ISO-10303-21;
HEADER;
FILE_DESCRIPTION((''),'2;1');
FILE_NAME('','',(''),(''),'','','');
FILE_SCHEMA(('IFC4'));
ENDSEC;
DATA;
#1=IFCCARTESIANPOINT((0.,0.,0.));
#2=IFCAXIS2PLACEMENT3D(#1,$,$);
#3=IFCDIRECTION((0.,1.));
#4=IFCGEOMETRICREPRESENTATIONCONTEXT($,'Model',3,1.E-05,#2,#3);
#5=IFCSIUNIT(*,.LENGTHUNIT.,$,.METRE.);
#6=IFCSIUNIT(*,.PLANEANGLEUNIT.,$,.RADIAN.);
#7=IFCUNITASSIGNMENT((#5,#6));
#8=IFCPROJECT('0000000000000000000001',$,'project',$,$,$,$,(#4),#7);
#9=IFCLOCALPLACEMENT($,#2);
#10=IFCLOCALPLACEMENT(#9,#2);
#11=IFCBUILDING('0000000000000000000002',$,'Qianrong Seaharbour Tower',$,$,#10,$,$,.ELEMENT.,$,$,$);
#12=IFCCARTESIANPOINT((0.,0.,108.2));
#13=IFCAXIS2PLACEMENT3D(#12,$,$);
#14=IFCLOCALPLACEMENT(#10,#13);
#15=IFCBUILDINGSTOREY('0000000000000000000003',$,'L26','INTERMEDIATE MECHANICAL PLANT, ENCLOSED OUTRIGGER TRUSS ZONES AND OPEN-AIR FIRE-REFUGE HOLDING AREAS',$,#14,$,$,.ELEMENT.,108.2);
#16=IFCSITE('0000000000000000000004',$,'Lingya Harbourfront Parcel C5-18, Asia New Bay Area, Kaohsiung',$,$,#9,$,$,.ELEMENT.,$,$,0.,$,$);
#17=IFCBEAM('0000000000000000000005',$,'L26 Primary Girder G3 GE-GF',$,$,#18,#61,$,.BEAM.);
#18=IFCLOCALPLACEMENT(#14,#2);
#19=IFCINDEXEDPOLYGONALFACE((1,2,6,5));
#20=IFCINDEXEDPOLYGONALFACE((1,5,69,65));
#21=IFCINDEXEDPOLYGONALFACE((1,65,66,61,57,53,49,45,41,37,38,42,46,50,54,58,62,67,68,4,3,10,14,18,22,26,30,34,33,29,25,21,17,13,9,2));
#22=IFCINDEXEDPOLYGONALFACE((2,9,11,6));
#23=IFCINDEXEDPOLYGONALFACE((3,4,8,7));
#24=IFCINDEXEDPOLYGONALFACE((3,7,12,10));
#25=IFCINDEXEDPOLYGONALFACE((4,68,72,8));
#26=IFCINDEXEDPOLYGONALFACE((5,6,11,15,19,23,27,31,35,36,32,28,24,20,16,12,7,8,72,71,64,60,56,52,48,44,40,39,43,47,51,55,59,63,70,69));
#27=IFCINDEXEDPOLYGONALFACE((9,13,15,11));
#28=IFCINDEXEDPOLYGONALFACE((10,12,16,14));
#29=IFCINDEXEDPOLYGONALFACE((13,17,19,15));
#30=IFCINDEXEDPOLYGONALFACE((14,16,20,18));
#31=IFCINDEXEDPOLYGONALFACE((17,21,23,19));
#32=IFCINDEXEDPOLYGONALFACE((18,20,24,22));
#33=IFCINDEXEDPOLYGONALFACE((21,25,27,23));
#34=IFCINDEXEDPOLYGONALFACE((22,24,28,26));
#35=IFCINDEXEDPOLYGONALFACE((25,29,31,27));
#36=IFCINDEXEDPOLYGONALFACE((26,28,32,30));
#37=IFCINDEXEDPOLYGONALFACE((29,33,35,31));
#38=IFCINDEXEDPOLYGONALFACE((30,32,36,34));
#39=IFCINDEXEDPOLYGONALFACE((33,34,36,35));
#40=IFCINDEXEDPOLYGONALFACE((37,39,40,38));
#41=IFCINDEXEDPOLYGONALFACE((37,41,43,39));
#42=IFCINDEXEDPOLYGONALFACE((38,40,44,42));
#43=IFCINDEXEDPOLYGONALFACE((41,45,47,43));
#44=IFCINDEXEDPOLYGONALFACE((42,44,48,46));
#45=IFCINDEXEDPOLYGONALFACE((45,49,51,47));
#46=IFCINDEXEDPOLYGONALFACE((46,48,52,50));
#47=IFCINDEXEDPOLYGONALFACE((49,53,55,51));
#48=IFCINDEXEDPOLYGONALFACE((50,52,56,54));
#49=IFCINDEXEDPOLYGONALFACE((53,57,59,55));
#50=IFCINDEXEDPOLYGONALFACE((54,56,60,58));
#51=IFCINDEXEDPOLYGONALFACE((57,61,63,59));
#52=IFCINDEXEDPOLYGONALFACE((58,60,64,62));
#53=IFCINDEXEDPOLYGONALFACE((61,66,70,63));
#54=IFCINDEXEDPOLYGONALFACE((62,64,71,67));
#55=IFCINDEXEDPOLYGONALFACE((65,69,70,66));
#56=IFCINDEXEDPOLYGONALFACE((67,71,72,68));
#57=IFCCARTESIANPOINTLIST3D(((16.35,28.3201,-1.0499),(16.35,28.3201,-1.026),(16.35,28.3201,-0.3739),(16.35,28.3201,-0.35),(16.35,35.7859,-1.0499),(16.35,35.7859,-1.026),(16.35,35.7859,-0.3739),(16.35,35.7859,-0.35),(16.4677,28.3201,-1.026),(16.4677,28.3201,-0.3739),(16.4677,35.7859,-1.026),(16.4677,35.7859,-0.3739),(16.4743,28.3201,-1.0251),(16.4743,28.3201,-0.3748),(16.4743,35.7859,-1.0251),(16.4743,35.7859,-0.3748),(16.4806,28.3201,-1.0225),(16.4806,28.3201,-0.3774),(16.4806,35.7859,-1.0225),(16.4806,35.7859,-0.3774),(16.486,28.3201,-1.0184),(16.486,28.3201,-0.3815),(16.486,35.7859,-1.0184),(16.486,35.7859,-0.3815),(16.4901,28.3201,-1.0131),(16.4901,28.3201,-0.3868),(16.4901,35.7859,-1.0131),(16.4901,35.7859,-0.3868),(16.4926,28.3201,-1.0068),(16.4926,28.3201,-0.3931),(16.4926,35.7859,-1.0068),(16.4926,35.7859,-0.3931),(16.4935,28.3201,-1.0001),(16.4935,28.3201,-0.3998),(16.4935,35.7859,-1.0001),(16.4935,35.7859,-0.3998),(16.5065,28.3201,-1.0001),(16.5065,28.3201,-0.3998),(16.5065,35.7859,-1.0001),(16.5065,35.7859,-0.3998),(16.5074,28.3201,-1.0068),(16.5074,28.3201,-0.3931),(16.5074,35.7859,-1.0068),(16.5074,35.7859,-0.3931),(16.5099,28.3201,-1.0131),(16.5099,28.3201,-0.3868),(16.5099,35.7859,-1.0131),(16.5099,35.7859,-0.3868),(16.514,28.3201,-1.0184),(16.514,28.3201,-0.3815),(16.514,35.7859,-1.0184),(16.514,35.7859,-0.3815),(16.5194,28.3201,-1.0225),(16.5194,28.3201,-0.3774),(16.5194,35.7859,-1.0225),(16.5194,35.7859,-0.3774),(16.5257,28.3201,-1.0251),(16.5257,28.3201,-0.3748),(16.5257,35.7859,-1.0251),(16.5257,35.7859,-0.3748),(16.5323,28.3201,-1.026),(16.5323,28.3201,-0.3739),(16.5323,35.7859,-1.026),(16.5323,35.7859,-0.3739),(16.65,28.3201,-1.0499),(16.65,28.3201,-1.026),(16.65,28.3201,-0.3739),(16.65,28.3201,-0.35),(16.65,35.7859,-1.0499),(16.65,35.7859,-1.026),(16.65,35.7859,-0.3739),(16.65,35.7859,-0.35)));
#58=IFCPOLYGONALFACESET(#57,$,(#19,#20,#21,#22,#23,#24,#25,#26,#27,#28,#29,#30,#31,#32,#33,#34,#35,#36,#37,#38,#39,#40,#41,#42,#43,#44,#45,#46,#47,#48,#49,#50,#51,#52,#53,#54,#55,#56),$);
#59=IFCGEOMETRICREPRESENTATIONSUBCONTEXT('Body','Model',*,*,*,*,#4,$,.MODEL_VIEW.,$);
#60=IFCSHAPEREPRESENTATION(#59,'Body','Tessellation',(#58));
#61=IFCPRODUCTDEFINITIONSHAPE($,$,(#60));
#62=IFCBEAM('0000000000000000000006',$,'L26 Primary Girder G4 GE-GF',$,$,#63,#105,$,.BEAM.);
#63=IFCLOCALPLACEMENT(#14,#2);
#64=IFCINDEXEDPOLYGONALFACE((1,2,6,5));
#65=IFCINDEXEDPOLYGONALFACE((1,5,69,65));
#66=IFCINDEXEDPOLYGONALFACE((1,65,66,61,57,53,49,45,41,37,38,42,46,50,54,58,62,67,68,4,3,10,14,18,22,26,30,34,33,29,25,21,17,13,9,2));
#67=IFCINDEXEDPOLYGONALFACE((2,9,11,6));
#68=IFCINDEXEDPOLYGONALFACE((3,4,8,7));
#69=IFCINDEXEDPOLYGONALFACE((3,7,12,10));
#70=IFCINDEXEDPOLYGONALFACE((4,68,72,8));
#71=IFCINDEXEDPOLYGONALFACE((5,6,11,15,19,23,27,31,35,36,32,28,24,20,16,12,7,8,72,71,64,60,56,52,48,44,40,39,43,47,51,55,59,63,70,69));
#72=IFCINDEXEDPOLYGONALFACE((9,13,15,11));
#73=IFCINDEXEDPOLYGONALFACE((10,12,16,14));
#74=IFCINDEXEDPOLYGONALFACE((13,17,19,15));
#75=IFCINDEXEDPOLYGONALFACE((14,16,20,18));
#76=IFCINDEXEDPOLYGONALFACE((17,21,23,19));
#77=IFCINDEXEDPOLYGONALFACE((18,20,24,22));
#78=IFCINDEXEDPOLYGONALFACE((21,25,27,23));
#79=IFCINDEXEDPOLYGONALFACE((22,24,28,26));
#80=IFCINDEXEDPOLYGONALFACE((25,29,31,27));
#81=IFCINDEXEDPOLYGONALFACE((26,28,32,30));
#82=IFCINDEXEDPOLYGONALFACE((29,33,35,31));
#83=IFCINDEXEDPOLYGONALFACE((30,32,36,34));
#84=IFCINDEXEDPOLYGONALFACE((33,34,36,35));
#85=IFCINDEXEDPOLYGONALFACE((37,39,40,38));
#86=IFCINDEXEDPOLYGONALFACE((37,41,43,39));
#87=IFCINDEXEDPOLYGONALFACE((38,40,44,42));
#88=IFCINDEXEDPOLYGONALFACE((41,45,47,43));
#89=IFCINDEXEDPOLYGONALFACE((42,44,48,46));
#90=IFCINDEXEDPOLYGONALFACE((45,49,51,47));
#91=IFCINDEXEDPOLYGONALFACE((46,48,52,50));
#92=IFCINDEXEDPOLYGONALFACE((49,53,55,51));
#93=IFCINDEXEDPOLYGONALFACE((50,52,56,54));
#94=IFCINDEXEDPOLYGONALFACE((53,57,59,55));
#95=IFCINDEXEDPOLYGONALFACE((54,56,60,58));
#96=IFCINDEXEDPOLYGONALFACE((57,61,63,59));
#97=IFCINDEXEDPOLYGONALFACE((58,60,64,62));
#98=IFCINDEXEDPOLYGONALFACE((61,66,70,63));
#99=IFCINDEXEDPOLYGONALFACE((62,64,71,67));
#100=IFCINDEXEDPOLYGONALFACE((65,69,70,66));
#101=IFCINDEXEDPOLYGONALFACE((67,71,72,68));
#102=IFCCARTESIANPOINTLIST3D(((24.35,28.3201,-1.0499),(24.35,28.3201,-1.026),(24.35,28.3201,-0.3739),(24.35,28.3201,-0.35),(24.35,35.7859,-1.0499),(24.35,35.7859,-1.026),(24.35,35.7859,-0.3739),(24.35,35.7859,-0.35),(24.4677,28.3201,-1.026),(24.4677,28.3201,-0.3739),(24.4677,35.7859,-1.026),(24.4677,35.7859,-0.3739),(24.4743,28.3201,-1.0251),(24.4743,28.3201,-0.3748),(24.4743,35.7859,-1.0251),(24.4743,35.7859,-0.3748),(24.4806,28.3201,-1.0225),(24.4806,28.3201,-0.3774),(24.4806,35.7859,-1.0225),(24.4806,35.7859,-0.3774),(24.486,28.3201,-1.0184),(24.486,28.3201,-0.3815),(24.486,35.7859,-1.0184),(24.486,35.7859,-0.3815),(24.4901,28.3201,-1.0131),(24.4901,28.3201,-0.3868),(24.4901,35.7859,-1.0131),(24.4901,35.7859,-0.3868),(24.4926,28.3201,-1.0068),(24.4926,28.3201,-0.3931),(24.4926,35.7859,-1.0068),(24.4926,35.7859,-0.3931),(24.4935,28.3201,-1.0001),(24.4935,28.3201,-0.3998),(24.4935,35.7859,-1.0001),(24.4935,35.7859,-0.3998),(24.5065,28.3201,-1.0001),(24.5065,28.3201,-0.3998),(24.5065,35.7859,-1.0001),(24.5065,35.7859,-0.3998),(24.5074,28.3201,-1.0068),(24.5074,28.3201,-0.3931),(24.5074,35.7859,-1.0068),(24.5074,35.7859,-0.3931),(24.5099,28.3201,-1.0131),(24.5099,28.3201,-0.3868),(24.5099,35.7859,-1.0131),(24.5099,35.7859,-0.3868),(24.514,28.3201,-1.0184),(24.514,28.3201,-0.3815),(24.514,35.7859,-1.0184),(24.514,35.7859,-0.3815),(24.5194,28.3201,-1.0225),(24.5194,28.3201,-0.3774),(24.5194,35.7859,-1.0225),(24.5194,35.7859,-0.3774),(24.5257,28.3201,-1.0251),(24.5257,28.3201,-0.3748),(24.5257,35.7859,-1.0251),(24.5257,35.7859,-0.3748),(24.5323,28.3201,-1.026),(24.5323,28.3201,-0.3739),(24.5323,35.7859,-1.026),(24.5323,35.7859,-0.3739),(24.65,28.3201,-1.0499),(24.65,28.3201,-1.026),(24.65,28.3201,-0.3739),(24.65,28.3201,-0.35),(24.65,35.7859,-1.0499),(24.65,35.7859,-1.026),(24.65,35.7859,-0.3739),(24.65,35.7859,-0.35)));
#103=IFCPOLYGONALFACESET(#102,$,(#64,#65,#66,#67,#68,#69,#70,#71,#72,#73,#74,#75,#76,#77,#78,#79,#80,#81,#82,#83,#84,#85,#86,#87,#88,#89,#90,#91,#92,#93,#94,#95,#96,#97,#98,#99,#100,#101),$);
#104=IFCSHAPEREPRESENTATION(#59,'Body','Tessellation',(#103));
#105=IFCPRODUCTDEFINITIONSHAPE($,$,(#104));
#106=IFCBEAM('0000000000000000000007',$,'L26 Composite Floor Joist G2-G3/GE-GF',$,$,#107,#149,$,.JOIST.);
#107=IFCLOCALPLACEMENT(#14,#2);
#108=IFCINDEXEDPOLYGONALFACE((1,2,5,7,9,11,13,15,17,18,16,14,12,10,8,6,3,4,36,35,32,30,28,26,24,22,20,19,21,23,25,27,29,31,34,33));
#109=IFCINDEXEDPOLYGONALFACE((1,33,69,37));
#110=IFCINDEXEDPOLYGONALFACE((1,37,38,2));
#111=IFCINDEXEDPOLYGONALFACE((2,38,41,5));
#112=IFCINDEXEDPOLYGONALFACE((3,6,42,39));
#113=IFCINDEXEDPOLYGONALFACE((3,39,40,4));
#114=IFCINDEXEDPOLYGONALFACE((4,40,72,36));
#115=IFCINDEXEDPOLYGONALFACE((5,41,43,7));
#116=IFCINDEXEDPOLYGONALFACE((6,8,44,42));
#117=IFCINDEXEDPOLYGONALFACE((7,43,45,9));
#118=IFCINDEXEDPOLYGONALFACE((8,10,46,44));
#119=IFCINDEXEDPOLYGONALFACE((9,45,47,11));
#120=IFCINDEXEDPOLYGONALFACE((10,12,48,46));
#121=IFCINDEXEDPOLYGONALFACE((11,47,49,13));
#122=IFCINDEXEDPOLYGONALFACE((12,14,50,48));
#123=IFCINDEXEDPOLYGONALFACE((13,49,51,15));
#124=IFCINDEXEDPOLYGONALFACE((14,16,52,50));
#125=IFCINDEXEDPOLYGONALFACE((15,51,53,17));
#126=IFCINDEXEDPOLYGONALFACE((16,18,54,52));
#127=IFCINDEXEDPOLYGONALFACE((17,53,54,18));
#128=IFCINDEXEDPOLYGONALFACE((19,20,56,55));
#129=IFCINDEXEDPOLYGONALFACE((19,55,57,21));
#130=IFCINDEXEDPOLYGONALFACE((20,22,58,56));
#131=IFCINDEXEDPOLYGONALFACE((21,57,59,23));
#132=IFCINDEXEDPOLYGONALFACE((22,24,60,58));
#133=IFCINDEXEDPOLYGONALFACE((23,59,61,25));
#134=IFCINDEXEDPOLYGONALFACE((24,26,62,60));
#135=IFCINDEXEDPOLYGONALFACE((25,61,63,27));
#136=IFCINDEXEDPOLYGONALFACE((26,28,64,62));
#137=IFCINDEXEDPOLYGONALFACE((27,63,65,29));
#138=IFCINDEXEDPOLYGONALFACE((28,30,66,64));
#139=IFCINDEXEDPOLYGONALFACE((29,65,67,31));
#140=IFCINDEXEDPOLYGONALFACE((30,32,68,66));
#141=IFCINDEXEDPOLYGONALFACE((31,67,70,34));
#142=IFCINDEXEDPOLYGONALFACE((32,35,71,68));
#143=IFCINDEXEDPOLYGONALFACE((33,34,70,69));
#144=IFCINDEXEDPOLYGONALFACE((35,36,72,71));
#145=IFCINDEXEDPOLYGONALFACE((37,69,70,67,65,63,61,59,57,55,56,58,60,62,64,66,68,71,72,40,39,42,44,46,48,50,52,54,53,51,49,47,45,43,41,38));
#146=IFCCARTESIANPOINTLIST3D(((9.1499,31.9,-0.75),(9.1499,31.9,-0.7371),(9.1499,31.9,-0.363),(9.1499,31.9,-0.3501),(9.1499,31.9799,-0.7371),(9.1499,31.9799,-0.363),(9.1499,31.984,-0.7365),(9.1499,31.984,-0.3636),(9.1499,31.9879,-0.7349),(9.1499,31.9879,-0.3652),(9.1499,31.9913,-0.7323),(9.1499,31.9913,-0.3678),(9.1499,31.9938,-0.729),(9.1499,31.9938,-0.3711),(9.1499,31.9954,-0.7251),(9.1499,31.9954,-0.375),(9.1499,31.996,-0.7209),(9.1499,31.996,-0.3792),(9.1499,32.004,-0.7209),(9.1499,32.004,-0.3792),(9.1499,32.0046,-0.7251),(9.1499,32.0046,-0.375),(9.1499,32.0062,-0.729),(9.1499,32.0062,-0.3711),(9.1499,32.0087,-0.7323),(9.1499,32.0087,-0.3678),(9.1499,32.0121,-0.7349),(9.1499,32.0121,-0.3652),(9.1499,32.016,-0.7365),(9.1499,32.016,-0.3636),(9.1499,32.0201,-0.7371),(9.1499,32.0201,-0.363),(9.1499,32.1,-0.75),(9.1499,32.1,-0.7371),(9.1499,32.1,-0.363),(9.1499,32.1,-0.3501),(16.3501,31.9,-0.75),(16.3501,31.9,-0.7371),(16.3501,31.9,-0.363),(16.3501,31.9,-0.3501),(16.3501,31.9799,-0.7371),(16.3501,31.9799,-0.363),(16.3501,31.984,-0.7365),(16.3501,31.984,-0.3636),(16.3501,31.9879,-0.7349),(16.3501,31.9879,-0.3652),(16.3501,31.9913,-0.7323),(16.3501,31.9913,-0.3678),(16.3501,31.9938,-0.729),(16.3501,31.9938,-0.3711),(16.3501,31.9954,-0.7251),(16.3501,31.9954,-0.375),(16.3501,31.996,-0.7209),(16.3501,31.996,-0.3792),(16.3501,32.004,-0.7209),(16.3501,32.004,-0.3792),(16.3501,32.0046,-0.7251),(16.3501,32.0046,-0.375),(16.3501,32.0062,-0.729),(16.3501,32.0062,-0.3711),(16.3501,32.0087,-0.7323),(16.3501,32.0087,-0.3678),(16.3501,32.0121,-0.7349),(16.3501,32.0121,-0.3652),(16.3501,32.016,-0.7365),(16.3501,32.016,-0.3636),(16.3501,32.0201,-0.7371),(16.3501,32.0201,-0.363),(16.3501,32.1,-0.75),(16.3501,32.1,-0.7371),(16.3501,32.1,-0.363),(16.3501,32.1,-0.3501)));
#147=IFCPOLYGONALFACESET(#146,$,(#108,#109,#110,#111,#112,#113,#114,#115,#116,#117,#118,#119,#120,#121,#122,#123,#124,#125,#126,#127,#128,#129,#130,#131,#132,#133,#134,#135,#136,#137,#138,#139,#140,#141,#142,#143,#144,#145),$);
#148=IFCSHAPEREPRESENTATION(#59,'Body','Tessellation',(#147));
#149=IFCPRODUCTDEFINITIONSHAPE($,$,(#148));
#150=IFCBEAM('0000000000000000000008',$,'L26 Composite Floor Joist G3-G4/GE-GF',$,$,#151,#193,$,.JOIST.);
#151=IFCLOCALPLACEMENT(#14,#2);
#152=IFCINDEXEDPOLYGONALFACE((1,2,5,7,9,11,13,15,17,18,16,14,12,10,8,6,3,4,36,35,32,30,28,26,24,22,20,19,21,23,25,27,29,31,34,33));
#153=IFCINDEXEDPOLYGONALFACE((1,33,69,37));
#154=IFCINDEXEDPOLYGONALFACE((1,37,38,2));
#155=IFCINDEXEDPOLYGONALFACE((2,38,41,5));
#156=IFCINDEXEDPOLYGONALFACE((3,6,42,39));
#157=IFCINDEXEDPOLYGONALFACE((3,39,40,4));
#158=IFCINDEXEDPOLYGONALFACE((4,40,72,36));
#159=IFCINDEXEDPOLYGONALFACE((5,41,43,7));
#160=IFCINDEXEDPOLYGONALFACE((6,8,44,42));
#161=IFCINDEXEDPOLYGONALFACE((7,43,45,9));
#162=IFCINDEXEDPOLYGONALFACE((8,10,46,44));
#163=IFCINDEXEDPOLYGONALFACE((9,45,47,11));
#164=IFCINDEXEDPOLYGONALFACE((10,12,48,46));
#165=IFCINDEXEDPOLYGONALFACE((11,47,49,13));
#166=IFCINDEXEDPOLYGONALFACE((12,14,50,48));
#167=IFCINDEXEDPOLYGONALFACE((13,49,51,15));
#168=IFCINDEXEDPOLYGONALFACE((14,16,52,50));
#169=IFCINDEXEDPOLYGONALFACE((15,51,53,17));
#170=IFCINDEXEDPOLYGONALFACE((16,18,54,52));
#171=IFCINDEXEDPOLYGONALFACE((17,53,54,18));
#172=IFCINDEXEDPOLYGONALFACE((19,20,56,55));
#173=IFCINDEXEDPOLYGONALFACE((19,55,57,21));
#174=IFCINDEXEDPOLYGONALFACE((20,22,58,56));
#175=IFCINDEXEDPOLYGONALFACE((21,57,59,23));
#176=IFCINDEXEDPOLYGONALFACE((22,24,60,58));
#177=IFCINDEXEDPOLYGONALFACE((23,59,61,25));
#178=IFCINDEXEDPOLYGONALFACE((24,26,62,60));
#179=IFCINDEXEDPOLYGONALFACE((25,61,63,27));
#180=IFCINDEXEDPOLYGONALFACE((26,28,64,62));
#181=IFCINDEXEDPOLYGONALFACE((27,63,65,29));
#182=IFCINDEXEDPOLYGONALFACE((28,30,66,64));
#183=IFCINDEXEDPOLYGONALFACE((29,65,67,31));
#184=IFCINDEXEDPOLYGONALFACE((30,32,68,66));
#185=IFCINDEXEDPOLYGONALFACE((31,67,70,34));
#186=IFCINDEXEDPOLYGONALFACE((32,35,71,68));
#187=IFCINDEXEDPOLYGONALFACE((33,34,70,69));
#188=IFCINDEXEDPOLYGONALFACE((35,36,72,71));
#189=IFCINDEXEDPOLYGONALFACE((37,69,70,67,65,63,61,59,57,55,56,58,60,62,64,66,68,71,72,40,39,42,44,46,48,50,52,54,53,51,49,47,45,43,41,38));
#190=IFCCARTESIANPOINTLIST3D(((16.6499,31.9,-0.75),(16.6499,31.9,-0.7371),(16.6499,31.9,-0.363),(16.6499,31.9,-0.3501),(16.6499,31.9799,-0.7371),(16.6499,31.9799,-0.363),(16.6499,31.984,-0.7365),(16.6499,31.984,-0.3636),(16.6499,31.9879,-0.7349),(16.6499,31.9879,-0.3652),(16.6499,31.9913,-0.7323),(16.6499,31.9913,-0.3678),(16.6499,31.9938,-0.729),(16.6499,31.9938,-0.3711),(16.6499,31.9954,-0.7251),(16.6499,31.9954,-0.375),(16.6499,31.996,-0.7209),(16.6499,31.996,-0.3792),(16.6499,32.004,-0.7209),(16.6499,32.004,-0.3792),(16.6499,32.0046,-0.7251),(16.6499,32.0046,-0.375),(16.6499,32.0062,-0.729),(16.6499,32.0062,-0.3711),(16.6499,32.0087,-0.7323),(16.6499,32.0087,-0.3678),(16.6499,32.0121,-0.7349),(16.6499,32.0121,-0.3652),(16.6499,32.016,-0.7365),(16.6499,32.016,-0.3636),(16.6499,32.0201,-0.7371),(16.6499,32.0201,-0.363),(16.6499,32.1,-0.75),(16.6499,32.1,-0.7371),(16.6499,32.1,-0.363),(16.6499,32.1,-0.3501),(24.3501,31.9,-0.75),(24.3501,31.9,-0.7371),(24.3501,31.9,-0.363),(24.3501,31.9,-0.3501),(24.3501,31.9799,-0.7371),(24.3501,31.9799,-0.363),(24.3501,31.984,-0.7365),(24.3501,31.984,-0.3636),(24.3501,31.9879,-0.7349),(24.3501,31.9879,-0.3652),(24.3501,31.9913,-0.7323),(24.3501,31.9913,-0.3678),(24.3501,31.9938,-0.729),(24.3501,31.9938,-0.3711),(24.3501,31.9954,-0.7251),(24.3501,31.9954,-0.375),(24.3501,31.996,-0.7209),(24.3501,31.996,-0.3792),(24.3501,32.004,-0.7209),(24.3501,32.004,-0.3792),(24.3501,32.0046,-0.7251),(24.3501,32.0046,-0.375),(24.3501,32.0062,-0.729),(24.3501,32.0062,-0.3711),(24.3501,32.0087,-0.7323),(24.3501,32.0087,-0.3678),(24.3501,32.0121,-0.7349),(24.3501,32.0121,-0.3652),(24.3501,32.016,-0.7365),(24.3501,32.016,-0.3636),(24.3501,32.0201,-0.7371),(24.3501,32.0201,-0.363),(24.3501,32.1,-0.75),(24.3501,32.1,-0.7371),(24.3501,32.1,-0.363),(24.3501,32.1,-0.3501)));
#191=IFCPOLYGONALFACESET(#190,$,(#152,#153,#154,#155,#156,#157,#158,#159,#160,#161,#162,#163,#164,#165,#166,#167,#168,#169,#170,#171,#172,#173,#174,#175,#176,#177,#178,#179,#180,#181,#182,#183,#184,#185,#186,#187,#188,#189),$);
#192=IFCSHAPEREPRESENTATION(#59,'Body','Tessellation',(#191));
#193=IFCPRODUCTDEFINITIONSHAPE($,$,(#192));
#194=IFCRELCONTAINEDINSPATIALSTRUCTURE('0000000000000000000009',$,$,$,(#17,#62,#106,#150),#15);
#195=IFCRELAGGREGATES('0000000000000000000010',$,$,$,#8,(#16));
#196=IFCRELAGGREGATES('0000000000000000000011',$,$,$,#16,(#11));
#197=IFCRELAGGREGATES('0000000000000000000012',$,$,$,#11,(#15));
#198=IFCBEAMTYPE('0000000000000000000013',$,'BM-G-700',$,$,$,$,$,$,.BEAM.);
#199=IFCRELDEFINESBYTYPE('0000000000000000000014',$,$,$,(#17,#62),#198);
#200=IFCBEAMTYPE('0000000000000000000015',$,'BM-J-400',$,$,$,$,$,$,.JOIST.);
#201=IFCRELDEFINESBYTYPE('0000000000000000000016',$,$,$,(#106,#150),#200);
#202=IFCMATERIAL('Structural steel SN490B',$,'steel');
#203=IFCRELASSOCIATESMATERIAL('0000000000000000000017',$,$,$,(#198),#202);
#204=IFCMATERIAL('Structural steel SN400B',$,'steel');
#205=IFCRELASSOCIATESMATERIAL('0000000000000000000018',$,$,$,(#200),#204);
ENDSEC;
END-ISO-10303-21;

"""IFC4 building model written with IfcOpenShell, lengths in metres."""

from ifc_helpers import new_model, si_unit, direction, frame, origin, origin_2d, place, context, subcontext, project, spatial, i_section, extrude, material, material_profile, profile_set, type_object, element, save


model = new_model("IFC4")

# Units and contexts
model_context = context("Model", 3, precision=1e-05, world=origin(), true_north=direction((0.0, 1.0)))
body_context = subcontext(model_context, "Body", "Model", "MODEL_VIEW")
ifc_project = project(units=[si_unit("LENGTHUNIT", "METRE"), si_unit("PLANEANGLEUNIT", "RADIAN")], contexts=[model_context])

# Site, building, storey
site_placement = place(None, origin())
site = spatial("IfcSite", under=ifc_project, at=site_placement, Name="Lingya Harbourfront Parcel C5-18, Asia New Bay Area, Kaohsiung", CompositionType="ELEMENT", RefElevation=0.0)
building_placement = place(site_placement, origin())
building = spatial("IfcBuilding", under=site, at=building_placement, Name="Qianrong Seaharbour Tower", CompositionType="ELEMENT")
storey_placement = place(building_placement, frame((0.0, 0.0, 108.2)))
storey = spatial("IfcBuildingStorey", under=building, at=storey_placement, Name="L26", Description="INTERMEDIATE MECHANICAL PLANT, ENCLOSED OUTRIGGER TRUSS ZONES AND OPEN-AIR FIRE-REFUGE HOLDING AREAS", CompositionType="ELEMENT", Elevation=108.2)

# Shared definitions
ifc_material_1 = material(Name="Structural steel SN490B", Category="steel")

# Beams
ifc_material_profile_1 = material_profile(ifc_material_1, i_section(OverallWidth=0.3, OverallDepth=0.7, WebThickness=0.0129, FlangeThickness=0.0239, FilletRadius=0.0259, at=origin_2d()), Name="H700x300x13x24")
ifc_profile_set_1 = profile_set([ifc_material_profile_1], Name="Structural steel SN490B")
beam_type_1 = type_object("IfcBeamType", Name="BM-G-700", PredefinedType="BEAM", material=ifc_profile_set_1)
for number, where, z_axis, x_axis, name in (
    (1, (16.5, 28.3201, -0.7), (0.0, 1.0, 0.0), (-1.0, 0.0, 0.0), "L26 Primary Girder G3 GE-GF"),
    (2, (24.5, 28.3201, -0.7), (0.0, 1.0, 0.0), (-1.0, 0.0, 0.0), "L26 Primary Girder G4 GE-GF"),
):
    element("IfcBeam", number, at=place(storey_placement, frame(where, z_axis=z_axis, x_axis=x_axis)), inside=storey, type_object=beam_type_1, Name=name, PredefinedType="BEAM", context=body_context, shape_type="SweptSolid", body=[
        extrude(i_section(OverallWidth=0.3, OverallDepth=0.7, WebThickness=0.0129, FlangeThickness=0.0239, FilletRadius=0.0259, at=origin_2d()), origin(), (0.0, 0.0, 1.0), 7.4658),
    ])
ifc_material_2 = material(Name="Structural steel SN400B", Category="steel")
ifc_material_profile_2 = material_profile(ifc_material_2, i_section(OverallWidth=0.2, OverallDepth=0.3999, WebThickness=0.0081, FlangeThickness=0.0129, FilletRadius=0.0161, at=origin_2d()), Name="H400x200x8x13")
ifc_profile_set_2 = profile_set([ifc_material_profile_2], Name="Structural steel SN400B")
beam_type_2 = type_object("IfcBeamType", Name="BM-J-400", PredefinedType="JOIST", material=ifc_profile_set_2)
beam_1_placement = place(storey_placement, frame((9.1499, 32.0, -0.55), z_axis=(1.0, 0.0, 0.0), x_axis=(0.0, 1.0, 0.0)))
element("IfcBeam", 3, at=beam_1_placement, inside=storey, type_object=beam_type_2, Name="L26 Composite Floor Joist G2-G3/GE-GF", PredefinedType="JOIST", context=body_context, shape_type="SweptSolid", body=[
    extrude(i_section(OverallWidth=0.2, OverallDepth=0.3999, WebThickness=0.0081, FlangeThickness=0.0129, FilletRadius=0.0161, at=origin_2d()), origin(), (0.0, 0.0, 1.0), 7.2002),
])
for number, where, z_axis, x_axis, name in (
    (4, (16.6499, 32.0, -0.55), (1.0, 0.0, 0.0), (0.0, 1.0, 0.0), "L26 Composite Floor Joist G3-G4/GE-GF"),
):
    element("IfcBeam", number, at=place(storey_placement, frame(where, z_axis=z_axis, x_axis=x_axis)), inside=storey, type_object=beam_type_2, Name=name, PredefinedType="JOIST", context=body_context, shape_type="SweptSolid", body=[
        extrude(i_section(OverallWidth=0.2, OverallDepth=0.3999, WebThickness=0.0081, FlangeThickness=0.0129, FilletRadius=0.0161, at=origin_2d()), origin(), (0.0, 0.0, 1.0), 7.7002),
    ])

save(model, "model.ifc")
